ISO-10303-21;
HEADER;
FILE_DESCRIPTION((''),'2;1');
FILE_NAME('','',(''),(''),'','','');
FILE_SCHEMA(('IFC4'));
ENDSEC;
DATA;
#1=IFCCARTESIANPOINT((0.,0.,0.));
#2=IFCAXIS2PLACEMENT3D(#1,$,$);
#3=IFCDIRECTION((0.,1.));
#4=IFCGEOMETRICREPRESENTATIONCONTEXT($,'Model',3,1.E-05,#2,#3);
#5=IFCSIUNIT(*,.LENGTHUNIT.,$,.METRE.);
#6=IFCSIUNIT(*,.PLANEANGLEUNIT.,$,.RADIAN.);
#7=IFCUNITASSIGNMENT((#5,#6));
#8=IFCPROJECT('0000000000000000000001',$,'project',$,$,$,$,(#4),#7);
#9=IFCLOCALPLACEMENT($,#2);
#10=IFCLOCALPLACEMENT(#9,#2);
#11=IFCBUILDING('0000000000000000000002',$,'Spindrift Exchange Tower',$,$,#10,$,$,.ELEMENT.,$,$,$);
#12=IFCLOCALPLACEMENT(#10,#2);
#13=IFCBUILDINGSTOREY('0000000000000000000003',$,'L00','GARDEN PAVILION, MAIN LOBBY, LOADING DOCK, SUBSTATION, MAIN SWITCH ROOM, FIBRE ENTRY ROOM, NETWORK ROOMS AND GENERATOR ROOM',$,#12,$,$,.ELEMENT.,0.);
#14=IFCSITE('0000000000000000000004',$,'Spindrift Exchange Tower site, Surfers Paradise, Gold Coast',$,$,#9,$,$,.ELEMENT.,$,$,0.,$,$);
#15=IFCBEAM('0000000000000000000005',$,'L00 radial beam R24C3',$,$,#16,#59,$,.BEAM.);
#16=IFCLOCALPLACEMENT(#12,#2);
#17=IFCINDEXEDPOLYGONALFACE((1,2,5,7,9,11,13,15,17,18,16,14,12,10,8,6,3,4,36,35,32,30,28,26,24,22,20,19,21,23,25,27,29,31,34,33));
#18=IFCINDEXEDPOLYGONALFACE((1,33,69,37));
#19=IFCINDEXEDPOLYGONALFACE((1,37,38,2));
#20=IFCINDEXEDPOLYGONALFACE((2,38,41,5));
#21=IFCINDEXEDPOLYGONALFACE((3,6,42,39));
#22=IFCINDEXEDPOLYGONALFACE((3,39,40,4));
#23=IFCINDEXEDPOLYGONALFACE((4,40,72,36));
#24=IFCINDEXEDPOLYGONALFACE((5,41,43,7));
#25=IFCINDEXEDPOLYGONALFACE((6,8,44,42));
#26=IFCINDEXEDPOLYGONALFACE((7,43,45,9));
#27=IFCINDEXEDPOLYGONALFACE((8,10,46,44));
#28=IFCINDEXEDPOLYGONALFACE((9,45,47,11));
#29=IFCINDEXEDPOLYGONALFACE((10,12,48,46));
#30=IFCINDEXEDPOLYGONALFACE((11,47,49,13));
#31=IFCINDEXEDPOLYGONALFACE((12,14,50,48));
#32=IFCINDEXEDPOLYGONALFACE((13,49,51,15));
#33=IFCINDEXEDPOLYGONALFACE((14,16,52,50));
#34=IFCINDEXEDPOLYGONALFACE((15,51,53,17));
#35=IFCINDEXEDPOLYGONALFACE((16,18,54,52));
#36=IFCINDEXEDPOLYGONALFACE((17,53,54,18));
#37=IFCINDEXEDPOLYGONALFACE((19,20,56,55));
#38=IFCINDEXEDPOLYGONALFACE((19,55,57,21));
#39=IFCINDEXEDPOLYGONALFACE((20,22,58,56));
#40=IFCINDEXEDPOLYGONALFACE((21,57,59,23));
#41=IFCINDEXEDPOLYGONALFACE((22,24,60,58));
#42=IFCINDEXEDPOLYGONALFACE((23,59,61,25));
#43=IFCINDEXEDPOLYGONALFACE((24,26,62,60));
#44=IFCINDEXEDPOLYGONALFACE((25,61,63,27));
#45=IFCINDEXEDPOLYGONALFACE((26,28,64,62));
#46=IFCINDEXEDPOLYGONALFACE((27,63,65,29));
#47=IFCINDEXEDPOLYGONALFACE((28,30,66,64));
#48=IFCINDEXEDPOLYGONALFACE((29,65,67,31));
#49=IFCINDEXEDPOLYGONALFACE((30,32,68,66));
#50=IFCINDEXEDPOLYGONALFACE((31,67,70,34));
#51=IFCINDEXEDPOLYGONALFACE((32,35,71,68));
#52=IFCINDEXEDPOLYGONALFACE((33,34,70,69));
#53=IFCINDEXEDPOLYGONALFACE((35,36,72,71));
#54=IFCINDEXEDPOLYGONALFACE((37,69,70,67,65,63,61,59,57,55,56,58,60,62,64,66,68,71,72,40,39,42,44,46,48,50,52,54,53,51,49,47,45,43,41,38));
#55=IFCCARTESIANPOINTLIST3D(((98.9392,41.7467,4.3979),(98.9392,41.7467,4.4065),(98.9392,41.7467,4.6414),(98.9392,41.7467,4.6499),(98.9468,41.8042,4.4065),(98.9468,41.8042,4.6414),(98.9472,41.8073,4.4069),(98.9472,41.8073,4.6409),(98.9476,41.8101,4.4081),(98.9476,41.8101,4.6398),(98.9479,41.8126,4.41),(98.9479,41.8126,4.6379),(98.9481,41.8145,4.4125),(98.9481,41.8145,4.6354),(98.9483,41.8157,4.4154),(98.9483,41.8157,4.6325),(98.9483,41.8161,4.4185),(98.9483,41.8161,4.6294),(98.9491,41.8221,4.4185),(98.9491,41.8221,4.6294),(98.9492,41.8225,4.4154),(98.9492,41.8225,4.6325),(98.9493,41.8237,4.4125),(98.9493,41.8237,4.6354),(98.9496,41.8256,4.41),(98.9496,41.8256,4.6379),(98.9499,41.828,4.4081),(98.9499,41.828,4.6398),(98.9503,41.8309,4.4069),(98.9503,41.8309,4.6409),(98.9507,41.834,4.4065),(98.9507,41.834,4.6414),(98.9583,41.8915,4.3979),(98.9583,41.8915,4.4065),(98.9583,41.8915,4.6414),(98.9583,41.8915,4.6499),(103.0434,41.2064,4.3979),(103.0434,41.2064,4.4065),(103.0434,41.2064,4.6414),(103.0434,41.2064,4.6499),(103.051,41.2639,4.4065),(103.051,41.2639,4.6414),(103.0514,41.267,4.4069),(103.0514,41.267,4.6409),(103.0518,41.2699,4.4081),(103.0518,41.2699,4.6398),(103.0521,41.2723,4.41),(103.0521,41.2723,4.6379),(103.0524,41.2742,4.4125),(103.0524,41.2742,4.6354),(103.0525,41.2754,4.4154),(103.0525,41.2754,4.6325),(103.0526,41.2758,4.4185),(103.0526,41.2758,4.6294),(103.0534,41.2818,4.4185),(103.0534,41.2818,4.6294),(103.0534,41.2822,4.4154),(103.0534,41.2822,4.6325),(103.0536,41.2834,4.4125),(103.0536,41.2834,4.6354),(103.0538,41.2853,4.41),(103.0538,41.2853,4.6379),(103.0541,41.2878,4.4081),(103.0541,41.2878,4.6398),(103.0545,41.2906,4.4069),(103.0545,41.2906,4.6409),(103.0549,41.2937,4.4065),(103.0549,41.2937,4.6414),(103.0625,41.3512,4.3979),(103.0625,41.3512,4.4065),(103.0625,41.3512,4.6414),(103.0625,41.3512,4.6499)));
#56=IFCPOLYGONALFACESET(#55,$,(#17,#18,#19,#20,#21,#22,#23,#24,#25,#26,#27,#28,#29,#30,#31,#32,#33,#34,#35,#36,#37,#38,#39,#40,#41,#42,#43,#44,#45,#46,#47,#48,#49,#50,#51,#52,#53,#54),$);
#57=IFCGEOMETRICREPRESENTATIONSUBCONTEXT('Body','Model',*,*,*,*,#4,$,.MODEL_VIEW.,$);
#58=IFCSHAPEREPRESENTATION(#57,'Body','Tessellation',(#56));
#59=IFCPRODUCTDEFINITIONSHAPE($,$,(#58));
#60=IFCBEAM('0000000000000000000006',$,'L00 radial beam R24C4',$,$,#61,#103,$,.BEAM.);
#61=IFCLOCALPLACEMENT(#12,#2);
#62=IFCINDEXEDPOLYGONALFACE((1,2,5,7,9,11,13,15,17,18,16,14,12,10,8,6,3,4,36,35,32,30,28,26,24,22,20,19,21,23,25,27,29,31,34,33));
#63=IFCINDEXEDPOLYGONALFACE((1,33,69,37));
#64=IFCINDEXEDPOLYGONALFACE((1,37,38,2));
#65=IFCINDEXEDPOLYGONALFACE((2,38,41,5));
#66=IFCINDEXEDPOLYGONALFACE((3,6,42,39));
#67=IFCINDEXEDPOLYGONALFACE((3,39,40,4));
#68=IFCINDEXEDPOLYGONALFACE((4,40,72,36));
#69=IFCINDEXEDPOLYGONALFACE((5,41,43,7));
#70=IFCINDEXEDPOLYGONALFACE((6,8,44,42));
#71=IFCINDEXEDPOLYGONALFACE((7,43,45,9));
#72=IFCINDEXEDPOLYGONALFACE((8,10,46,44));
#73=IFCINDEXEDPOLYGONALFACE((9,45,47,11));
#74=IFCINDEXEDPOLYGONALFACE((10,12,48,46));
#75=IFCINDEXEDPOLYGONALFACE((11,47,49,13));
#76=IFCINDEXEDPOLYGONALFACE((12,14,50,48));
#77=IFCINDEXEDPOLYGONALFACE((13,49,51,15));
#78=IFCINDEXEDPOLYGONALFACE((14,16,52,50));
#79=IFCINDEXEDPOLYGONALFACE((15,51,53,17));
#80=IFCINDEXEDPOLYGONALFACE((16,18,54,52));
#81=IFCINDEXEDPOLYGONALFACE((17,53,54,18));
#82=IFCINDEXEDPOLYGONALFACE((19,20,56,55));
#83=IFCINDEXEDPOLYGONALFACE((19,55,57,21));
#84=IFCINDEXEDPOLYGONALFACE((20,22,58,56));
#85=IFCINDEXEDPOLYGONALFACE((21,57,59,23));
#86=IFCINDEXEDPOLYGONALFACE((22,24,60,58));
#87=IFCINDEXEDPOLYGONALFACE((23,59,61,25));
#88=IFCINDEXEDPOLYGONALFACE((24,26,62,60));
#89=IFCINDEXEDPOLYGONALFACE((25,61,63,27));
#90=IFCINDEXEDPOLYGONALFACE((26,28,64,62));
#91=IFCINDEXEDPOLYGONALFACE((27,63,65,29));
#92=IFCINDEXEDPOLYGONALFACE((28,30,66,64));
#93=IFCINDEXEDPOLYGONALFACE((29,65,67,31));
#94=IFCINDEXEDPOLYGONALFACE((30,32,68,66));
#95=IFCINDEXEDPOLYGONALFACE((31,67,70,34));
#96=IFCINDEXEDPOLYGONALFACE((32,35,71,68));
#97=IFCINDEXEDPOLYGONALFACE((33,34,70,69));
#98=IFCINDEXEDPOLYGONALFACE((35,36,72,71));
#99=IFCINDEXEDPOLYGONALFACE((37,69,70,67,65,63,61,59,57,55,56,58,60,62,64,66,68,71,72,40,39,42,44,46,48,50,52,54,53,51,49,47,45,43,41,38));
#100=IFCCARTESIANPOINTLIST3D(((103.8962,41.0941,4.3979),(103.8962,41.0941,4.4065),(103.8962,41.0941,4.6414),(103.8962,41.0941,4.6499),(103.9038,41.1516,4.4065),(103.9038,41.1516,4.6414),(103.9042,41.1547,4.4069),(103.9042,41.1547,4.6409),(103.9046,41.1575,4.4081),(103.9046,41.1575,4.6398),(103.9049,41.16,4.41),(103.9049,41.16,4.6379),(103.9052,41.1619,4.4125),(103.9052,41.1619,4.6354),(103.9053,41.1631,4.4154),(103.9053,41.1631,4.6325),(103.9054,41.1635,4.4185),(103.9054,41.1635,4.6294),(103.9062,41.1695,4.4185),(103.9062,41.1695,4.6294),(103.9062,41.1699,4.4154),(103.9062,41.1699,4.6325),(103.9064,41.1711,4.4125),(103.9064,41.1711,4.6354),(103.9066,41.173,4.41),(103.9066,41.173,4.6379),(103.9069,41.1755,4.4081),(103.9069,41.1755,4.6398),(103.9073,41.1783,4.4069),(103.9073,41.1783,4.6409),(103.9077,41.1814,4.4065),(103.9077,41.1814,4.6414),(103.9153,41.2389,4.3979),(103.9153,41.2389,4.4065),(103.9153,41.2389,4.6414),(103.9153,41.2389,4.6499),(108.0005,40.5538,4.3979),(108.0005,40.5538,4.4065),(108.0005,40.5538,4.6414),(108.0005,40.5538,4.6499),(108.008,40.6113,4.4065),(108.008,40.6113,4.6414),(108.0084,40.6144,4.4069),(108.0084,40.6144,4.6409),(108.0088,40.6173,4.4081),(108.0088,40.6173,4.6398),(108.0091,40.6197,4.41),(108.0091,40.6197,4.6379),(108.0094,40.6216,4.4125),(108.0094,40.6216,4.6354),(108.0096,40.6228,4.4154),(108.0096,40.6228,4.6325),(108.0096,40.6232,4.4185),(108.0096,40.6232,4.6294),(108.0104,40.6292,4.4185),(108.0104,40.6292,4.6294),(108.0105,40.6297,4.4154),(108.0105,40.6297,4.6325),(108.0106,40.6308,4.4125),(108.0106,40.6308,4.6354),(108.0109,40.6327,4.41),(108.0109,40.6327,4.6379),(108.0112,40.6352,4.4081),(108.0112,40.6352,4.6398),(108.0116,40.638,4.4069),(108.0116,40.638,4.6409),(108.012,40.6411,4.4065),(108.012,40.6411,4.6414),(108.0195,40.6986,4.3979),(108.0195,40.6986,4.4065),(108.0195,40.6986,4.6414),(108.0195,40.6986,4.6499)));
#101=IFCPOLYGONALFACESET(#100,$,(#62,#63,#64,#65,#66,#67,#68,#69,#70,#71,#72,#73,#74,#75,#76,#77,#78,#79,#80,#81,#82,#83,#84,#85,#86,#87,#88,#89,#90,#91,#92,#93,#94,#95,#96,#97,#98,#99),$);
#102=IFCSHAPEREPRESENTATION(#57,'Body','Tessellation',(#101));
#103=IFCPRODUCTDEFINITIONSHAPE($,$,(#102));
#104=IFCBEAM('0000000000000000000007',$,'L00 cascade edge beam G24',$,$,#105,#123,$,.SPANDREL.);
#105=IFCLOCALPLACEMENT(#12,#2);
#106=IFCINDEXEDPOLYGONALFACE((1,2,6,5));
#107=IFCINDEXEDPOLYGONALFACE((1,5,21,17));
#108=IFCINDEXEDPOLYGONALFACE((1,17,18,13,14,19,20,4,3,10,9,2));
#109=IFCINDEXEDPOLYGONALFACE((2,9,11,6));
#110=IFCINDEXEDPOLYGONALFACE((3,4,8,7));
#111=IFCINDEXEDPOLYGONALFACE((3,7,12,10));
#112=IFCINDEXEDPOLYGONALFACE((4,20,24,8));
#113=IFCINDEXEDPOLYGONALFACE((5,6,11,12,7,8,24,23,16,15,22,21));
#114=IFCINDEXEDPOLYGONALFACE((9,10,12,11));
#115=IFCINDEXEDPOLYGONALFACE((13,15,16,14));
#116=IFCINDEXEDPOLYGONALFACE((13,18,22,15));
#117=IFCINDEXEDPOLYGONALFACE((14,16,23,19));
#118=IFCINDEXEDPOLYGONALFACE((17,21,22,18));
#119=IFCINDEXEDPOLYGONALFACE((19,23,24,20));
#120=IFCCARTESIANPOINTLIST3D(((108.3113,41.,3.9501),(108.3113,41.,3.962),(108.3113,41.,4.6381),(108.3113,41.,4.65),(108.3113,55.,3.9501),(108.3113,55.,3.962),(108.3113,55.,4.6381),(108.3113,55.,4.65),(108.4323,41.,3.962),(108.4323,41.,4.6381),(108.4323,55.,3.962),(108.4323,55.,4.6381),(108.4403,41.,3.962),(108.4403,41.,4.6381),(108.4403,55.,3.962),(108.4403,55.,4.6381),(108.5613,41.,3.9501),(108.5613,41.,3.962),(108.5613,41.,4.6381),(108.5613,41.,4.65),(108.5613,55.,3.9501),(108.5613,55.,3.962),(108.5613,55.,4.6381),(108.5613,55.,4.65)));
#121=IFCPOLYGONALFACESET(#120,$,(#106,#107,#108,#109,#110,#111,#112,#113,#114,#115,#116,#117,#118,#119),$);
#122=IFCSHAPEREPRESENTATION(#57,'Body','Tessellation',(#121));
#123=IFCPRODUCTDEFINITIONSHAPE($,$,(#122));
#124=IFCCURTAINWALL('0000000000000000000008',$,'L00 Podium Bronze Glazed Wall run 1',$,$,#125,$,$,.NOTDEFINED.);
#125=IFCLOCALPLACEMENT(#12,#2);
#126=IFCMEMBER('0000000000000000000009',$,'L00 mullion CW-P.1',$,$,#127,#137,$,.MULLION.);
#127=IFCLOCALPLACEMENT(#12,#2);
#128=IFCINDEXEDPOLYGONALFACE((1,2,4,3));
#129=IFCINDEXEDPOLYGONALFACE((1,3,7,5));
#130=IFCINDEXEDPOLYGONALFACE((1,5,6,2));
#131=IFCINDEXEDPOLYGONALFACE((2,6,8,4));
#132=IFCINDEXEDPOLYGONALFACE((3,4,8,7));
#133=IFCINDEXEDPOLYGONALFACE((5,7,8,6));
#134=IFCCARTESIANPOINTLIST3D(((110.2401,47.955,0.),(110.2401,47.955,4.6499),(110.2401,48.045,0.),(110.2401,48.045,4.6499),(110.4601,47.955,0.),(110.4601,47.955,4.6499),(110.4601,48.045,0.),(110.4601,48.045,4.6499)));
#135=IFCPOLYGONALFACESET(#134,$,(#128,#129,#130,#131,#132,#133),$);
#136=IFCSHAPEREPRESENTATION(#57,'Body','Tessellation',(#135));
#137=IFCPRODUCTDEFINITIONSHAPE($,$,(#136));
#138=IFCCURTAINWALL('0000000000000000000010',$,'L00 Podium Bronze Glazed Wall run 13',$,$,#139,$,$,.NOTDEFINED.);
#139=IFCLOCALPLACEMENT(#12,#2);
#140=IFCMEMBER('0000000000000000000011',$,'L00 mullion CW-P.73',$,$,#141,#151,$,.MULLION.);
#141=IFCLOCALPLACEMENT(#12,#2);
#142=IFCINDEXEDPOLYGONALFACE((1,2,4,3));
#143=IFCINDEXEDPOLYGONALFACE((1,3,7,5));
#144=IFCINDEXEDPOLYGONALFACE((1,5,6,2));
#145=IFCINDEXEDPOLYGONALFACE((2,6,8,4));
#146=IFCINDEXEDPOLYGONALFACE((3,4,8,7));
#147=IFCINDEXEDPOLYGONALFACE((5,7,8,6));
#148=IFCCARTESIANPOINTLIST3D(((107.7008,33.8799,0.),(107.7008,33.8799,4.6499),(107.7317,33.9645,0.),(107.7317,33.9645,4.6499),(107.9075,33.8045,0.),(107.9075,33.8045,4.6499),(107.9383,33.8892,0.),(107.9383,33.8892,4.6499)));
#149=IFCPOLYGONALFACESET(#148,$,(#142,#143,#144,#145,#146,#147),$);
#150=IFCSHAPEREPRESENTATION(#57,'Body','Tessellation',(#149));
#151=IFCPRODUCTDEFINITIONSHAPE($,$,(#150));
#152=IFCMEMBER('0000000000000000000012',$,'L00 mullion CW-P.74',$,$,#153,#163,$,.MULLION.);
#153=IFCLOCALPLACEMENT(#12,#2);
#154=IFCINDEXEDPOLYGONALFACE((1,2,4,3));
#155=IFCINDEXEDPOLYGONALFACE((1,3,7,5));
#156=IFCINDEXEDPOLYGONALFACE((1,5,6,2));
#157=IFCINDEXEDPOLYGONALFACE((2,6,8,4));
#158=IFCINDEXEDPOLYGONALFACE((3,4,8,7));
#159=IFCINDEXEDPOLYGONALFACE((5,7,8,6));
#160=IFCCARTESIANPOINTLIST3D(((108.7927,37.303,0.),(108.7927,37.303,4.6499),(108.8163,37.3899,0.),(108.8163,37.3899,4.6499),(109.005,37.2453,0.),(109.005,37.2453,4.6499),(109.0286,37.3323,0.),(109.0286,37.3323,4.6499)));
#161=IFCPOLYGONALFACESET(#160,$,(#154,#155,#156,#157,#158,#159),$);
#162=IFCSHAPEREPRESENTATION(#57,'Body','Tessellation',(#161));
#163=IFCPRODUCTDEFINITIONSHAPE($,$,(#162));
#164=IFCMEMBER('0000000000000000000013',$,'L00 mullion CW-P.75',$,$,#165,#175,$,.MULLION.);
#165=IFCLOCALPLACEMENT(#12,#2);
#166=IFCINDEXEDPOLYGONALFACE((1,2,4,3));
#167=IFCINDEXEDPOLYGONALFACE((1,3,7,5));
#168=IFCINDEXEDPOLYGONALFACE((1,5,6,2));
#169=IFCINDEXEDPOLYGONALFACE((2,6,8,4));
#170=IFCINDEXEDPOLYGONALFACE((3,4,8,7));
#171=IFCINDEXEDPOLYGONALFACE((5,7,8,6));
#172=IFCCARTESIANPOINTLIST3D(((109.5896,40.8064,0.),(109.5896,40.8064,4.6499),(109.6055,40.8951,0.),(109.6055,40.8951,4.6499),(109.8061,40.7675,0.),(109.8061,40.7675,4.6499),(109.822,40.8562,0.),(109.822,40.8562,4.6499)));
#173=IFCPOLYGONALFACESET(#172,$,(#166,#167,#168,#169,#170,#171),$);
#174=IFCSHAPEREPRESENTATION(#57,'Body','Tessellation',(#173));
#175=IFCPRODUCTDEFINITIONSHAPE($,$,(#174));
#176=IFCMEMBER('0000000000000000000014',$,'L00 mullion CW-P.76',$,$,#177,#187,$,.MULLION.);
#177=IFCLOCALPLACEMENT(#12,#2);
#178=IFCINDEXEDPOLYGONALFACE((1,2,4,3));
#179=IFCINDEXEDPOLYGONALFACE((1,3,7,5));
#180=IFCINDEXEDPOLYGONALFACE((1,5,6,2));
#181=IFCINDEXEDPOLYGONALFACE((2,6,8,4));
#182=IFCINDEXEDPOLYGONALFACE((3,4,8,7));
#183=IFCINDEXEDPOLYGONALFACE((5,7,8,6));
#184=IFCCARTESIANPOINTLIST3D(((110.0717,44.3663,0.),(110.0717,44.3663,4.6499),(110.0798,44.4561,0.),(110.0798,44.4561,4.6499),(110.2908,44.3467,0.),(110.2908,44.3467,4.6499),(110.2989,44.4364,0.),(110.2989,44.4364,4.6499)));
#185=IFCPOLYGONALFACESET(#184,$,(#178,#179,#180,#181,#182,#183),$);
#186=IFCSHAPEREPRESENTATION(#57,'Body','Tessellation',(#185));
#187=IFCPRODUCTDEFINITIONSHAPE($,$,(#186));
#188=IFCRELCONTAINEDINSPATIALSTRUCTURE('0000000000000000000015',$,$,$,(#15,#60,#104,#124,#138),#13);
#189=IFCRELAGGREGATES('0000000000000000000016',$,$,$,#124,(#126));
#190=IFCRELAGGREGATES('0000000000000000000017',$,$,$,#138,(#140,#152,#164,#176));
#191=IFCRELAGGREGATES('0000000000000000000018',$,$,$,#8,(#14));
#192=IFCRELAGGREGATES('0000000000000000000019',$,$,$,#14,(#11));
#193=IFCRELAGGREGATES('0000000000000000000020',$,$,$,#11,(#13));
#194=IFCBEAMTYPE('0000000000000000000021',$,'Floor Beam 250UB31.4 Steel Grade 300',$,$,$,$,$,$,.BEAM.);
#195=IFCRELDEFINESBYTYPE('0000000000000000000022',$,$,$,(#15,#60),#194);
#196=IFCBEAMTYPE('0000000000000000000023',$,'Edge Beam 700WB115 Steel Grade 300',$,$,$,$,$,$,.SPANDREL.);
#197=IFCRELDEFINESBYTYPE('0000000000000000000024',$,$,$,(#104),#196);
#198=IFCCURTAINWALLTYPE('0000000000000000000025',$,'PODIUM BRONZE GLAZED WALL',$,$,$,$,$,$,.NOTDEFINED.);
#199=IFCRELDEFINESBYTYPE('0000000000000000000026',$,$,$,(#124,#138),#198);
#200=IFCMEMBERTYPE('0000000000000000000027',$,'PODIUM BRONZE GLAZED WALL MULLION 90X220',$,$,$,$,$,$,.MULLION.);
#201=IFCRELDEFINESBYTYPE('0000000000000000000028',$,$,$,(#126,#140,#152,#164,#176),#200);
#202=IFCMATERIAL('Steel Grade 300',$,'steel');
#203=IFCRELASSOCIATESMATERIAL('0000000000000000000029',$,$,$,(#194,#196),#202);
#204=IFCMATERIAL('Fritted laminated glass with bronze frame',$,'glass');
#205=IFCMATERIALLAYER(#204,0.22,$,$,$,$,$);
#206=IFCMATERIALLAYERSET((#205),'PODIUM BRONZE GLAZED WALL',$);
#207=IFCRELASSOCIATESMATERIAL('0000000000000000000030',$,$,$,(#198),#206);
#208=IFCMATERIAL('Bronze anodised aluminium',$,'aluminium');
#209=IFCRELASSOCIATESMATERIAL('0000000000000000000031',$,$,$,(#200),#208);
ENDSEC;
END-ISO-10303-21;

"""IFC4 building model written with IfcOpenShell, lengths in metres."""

from ifc_helpers import new_model, si_unit, direction, frame, origin, origin_2d, place, context, subcontext, project, spatial, rectangle, i_section, extrude, source, transform, mapped, material, layer, layer_set, material_profile, profile_set, type_object, element, aggregate, save


model = new_model("IFC4")

# Units and contexts
model_context = context("Model", 3, precision=1e-05, world=origin(), true_north=direction((0.0, 1.0)))
body_context = subcontext(model_context, "Body", "Model", "MODEL_VIEW")
ifc_project = project(units=[si_unit("LENGTHUNIT", "METRE"), si_unit("PLANEANGLEUNIT", "RADIAN")], contexts=[model_context])

# Site, building, storey
site_placement = place(None, origin())
site = spatial("IfcSite", under=ifc_project, at=site_placement, Name="Spindrift Exchange Tower site, Surfers Paradise, Gold Coast", CompositionType="ELEMENT", RefElevation=0.0)
building_placement = place(site_placement, origin())
building = spatial("IfcBuilding", under=site, at=building_placement, Name="Spindrift Exchange Tower", CompositionType="ELEMENT")
storey_placement = place(building_placement, origin())
storey = spatial("IfcBuildingStorey", under=building, at=storey_placement, Name="L00", Description="GARDEN PAVILION, MAIN LOBBY, LOADING DOCK, SUBSTATION, MAIN SWITCH ROOM, FIBRE ENTRY ROOM, NETWORK ROOMS AND GENERATOR ROOM", CompositionType="ELEMENT", Elevation=0.0)

# Beams
ifc_material_1 = material(Name="Steel Grade 300", Category="steel")
ifc_material_profile_1 = material_profile(ifc_material_1, i_section(OverallWidth=0.146, OverallDepth=0.252, WebThickness=0.0061, FlangeThickness=0.0085, FilletRadius=0.012, at=origin_2d()), Name="250UB31.4")
ifc_profile_set_1 = profile_set([ifc_material_profile_1], Name="Steel Grade 300")
beam_type_1 = type_object("IfcBeamType", Name="Floor Beam 250UB31.4 Steel Grade 300", PredefinedType="BEAM", material=ifc_profile_set_1)
shared_shape_1 = source(origin(), body_context, "Body", "SweptSolid", [
    extrude(i_section(OverallWidth=0.146, OverallDepth=0.252, WebThickness=0.0061, FlangeThickness=0.0085, FilletRadius=0.012, at=origin_2d()), origin(), (0.0, 0.0, 1.0), 4.1396),
])
for number, where, z_axis, x_axis, name in (
    (1, (98.9487, 41.8191, 4.5239), (0.991446, -0.130514, 0.0), (0.130514, 0.991446, 0.0), "L00 radial beam R24C3"),
    (2, (103.9058, 41.1665, 4.5239), (0.991446, -0.130514, 0.0), (0.130514, 0.991446, 0.0), "L00 radial beam R24C4"),
):
    element("IfcBeam", number, at=place(storey_placement, frame(where, z_axis=z_axis, x_axis=x_axis)), inside=storey, type_object=beam_type_1, Name=name, PredefinedType="BEAM", context=body_context, shape_type="MappedRepresentation", body=[
        mapped(shared_shape_1, transform((0.0, 0.0, 0.0), scale=1.0)),
    ])
ifc_material_profile_2 = material_profile(ifc_material_1, i_section(OverallWidth=0.25, OverallDepth=0.7, WebThickness=0.0081, FlangeThickness=0.012, at=origin_2d()), Name="700WB115")
ifc_profile_set_2 = profile_set([ifc_material_profile_2], Name="Steel Grade 300")
beam_type_2 = type_object("IfcBeamType", Name="Edge Beam 700WB115 Steel Grade 300", PredefinedType="SPANDREL", material=ifc_profile_set_2)
shared_shape_2 = source(origin(), body_context, "Body", "SweptSolid", [
    extrude(i_section(OverallWidth=0.25, OverallDepth=0.7, WebThickness=0.0081, FlangeThickness=0.012, at=origin_2d()), origin(), (0.0, 0.0, 1.0), 14.0),
])
beam_placement = place(storey_placement, frame((108.4363, 41.0, 4.3), z_axis=(0.0, 1.0, 0.0), x_axis=(-1.0, 0.0, 0.0)))
element("IfcBeam", 3, at=beam_placement, inside=storey, type_object=beam_type_2, Name="L00 cascade edge beam G24", PredefinedType="SPANDREL", context=body_context, shape_type="MappedRepresentation", body=[
    mapped(shared_shape_2, transform((0.0, 0.0, 0.0), scale=1.0)),
])

# Curtain wall, member
ifc_material_2 = material(Name="Fritted laminated glass with bronze frame", Category="glass")
ifc_layer_1 = layer(ifc_material_2, 0.22)
ifc_layer_set_1 = layer_set([ifc_layer_1], Name="PODIUM BRONZE GLAZED WALL")
curtain_wall_type = type_object("IfcCurtainWallType", Name="PODIUM BRONZE GLAZED WALL", PredefinedType="NOTDEFINED", material=ifc_layer_set_1)
curtain_wall_1_placement = place(storey_placement, origin())
curtain_wall_1 = element("IfcCurtainWall", 4, at=curtain_wall_1_placement, inside=storey, type_object=curtain_wall_type, Name="L00 Podium Bronze Glazed Wall run 1", PredefinedType="NOTDEFINED")
ifc_material_3 = material(Name="Bronze anodised aluminium", Category="aluminium")
ifc_material_profile_3 = material_profile(ifc_material_3, rectangle(XDim=0.0901, YDim=0.22, at=origin_2d()), Name="PODIUM BRONZE GLAZED WALL MULLION 90X220")
ifc_profile_set_3 = profile_set([ifc_material_profile_3], Name="Bronze anodised aluminium")
member_type_1 = type_object("IfcMemberType", Name="PODIUM BRONZE GLAZED WALL MULLION 90X220", PredefinedType="MULLION", material=ifc_profile_set_3)
shared_shape_3 = source(origin(), body_context, "Body", "SweptSolid", [
    extrude(rectangle(XDim=0.0901, YDim=0.22, at=origin_2d()), origin(), (0.0, 0.0, 1.0), 4.6499),
])
member_1_placement = place(storey_placement, frame((110.3501, 48.0, 0.0), z_axis=(0.0, 0.0, 1.0), x_axis=(0.0, 1.0, 0.0)))
member_1 = element("IfcMember", 5, at=member_1_placement, type_object=member_type_1, Name="L00 mullion CW-P.1", PredefinedType="MULLION", context=body_context, shape_type="MappedRepresentation", body=[
    mapped(shared_shape_3, transform((0.0, 0.0, 0.0), scale=1.0)),
])
aggregate(curtain_wall_1, [member_1])

# Curtain wall, members
curtain_wall_2_placement = place(storey_placement, origin())
curtain_wall_2 = element("IfcCurtainWall", 6, at=curtain_wall_2_placement, inside=storey, type_object=curtain_wall_type, Name="L00 Podium Bronze Glazed Wall run 13", PredefinedType="NOTDEFINED")
member_2_placement = place(storey_placement, frame((107.8196, 33.8845, 0.0), z_axis=(0.0, 0.0, 1.0), x_axis=(0.342432, 0.939543, 0.0)))
member_2 = element("IfcMember", 7, at=member_2_placement, type_object=member_type_1, Name="L00 mullion CW-P.73", PredefinedType="MULLION", context=body_context, shape_type="MappedRepresentation", body=[
    mapped(shared_shape_3, transform((0.0, 0.0, 0.0), scale=1.0)),
])
member_3_placement = place(storey_placement, frame((108.9106, 37.3176, 0.0), z_axis=(0.0, 0.0, 1.0), x_axis=(0.262034, 0.965059, 0.0)))
member_3 = element("IfcMember", 8, at=member_3_placement, type_object=member_type_1, Name="L00 mullion CW-P.74", PredefinedType="MULLION", context=body_context, shape_type="MappedRepresentation", body=[
    mapped(shared_shape_3, transform((0.0, 0.0, 0.0), scale=1.0)),
])
member_4_placement = place(storey_placement, frame((109.7058, 40.8313, 0.0), z_axis=(0.0, 0.0, 1.0), x_axis=(0.177087, 0.984195, 0.0)))
member_4 = element("IfcMember", 9, at=member_4_placement, type_object=member_type_1, Name="L00 mullion CW-P.75", PredefinedType="MULLION", context=body_context, shape_type="MappedRepresentation", body=[
    mapped(shared_shape_3, transform((0.0, 0.0, 0.0), scale=1.0)),
])
member_5_placement = place(storey_placement, frame((110.1853, 44.4014, 0.0), z_axis=(0.0, 0.0, 1.0), x_axis=(0.089488, 0.995988, 0.0)))
member_5 = element("IfcMember", 10, at=member_5_placement, type_object=member_type_1, Name="L00 mullion CW-P.76", PredefinedType="MULLION", context=body_context, shape_type="MappedRepresentation", body=[
    mapped(shared_shape_3, transform((0.0, 0.0, 0.0), scale=1.0)),
])

aggregate(curtain_wall_2, [member_2, member_3, member_4, member_5])

save(model, "model.ifc")
